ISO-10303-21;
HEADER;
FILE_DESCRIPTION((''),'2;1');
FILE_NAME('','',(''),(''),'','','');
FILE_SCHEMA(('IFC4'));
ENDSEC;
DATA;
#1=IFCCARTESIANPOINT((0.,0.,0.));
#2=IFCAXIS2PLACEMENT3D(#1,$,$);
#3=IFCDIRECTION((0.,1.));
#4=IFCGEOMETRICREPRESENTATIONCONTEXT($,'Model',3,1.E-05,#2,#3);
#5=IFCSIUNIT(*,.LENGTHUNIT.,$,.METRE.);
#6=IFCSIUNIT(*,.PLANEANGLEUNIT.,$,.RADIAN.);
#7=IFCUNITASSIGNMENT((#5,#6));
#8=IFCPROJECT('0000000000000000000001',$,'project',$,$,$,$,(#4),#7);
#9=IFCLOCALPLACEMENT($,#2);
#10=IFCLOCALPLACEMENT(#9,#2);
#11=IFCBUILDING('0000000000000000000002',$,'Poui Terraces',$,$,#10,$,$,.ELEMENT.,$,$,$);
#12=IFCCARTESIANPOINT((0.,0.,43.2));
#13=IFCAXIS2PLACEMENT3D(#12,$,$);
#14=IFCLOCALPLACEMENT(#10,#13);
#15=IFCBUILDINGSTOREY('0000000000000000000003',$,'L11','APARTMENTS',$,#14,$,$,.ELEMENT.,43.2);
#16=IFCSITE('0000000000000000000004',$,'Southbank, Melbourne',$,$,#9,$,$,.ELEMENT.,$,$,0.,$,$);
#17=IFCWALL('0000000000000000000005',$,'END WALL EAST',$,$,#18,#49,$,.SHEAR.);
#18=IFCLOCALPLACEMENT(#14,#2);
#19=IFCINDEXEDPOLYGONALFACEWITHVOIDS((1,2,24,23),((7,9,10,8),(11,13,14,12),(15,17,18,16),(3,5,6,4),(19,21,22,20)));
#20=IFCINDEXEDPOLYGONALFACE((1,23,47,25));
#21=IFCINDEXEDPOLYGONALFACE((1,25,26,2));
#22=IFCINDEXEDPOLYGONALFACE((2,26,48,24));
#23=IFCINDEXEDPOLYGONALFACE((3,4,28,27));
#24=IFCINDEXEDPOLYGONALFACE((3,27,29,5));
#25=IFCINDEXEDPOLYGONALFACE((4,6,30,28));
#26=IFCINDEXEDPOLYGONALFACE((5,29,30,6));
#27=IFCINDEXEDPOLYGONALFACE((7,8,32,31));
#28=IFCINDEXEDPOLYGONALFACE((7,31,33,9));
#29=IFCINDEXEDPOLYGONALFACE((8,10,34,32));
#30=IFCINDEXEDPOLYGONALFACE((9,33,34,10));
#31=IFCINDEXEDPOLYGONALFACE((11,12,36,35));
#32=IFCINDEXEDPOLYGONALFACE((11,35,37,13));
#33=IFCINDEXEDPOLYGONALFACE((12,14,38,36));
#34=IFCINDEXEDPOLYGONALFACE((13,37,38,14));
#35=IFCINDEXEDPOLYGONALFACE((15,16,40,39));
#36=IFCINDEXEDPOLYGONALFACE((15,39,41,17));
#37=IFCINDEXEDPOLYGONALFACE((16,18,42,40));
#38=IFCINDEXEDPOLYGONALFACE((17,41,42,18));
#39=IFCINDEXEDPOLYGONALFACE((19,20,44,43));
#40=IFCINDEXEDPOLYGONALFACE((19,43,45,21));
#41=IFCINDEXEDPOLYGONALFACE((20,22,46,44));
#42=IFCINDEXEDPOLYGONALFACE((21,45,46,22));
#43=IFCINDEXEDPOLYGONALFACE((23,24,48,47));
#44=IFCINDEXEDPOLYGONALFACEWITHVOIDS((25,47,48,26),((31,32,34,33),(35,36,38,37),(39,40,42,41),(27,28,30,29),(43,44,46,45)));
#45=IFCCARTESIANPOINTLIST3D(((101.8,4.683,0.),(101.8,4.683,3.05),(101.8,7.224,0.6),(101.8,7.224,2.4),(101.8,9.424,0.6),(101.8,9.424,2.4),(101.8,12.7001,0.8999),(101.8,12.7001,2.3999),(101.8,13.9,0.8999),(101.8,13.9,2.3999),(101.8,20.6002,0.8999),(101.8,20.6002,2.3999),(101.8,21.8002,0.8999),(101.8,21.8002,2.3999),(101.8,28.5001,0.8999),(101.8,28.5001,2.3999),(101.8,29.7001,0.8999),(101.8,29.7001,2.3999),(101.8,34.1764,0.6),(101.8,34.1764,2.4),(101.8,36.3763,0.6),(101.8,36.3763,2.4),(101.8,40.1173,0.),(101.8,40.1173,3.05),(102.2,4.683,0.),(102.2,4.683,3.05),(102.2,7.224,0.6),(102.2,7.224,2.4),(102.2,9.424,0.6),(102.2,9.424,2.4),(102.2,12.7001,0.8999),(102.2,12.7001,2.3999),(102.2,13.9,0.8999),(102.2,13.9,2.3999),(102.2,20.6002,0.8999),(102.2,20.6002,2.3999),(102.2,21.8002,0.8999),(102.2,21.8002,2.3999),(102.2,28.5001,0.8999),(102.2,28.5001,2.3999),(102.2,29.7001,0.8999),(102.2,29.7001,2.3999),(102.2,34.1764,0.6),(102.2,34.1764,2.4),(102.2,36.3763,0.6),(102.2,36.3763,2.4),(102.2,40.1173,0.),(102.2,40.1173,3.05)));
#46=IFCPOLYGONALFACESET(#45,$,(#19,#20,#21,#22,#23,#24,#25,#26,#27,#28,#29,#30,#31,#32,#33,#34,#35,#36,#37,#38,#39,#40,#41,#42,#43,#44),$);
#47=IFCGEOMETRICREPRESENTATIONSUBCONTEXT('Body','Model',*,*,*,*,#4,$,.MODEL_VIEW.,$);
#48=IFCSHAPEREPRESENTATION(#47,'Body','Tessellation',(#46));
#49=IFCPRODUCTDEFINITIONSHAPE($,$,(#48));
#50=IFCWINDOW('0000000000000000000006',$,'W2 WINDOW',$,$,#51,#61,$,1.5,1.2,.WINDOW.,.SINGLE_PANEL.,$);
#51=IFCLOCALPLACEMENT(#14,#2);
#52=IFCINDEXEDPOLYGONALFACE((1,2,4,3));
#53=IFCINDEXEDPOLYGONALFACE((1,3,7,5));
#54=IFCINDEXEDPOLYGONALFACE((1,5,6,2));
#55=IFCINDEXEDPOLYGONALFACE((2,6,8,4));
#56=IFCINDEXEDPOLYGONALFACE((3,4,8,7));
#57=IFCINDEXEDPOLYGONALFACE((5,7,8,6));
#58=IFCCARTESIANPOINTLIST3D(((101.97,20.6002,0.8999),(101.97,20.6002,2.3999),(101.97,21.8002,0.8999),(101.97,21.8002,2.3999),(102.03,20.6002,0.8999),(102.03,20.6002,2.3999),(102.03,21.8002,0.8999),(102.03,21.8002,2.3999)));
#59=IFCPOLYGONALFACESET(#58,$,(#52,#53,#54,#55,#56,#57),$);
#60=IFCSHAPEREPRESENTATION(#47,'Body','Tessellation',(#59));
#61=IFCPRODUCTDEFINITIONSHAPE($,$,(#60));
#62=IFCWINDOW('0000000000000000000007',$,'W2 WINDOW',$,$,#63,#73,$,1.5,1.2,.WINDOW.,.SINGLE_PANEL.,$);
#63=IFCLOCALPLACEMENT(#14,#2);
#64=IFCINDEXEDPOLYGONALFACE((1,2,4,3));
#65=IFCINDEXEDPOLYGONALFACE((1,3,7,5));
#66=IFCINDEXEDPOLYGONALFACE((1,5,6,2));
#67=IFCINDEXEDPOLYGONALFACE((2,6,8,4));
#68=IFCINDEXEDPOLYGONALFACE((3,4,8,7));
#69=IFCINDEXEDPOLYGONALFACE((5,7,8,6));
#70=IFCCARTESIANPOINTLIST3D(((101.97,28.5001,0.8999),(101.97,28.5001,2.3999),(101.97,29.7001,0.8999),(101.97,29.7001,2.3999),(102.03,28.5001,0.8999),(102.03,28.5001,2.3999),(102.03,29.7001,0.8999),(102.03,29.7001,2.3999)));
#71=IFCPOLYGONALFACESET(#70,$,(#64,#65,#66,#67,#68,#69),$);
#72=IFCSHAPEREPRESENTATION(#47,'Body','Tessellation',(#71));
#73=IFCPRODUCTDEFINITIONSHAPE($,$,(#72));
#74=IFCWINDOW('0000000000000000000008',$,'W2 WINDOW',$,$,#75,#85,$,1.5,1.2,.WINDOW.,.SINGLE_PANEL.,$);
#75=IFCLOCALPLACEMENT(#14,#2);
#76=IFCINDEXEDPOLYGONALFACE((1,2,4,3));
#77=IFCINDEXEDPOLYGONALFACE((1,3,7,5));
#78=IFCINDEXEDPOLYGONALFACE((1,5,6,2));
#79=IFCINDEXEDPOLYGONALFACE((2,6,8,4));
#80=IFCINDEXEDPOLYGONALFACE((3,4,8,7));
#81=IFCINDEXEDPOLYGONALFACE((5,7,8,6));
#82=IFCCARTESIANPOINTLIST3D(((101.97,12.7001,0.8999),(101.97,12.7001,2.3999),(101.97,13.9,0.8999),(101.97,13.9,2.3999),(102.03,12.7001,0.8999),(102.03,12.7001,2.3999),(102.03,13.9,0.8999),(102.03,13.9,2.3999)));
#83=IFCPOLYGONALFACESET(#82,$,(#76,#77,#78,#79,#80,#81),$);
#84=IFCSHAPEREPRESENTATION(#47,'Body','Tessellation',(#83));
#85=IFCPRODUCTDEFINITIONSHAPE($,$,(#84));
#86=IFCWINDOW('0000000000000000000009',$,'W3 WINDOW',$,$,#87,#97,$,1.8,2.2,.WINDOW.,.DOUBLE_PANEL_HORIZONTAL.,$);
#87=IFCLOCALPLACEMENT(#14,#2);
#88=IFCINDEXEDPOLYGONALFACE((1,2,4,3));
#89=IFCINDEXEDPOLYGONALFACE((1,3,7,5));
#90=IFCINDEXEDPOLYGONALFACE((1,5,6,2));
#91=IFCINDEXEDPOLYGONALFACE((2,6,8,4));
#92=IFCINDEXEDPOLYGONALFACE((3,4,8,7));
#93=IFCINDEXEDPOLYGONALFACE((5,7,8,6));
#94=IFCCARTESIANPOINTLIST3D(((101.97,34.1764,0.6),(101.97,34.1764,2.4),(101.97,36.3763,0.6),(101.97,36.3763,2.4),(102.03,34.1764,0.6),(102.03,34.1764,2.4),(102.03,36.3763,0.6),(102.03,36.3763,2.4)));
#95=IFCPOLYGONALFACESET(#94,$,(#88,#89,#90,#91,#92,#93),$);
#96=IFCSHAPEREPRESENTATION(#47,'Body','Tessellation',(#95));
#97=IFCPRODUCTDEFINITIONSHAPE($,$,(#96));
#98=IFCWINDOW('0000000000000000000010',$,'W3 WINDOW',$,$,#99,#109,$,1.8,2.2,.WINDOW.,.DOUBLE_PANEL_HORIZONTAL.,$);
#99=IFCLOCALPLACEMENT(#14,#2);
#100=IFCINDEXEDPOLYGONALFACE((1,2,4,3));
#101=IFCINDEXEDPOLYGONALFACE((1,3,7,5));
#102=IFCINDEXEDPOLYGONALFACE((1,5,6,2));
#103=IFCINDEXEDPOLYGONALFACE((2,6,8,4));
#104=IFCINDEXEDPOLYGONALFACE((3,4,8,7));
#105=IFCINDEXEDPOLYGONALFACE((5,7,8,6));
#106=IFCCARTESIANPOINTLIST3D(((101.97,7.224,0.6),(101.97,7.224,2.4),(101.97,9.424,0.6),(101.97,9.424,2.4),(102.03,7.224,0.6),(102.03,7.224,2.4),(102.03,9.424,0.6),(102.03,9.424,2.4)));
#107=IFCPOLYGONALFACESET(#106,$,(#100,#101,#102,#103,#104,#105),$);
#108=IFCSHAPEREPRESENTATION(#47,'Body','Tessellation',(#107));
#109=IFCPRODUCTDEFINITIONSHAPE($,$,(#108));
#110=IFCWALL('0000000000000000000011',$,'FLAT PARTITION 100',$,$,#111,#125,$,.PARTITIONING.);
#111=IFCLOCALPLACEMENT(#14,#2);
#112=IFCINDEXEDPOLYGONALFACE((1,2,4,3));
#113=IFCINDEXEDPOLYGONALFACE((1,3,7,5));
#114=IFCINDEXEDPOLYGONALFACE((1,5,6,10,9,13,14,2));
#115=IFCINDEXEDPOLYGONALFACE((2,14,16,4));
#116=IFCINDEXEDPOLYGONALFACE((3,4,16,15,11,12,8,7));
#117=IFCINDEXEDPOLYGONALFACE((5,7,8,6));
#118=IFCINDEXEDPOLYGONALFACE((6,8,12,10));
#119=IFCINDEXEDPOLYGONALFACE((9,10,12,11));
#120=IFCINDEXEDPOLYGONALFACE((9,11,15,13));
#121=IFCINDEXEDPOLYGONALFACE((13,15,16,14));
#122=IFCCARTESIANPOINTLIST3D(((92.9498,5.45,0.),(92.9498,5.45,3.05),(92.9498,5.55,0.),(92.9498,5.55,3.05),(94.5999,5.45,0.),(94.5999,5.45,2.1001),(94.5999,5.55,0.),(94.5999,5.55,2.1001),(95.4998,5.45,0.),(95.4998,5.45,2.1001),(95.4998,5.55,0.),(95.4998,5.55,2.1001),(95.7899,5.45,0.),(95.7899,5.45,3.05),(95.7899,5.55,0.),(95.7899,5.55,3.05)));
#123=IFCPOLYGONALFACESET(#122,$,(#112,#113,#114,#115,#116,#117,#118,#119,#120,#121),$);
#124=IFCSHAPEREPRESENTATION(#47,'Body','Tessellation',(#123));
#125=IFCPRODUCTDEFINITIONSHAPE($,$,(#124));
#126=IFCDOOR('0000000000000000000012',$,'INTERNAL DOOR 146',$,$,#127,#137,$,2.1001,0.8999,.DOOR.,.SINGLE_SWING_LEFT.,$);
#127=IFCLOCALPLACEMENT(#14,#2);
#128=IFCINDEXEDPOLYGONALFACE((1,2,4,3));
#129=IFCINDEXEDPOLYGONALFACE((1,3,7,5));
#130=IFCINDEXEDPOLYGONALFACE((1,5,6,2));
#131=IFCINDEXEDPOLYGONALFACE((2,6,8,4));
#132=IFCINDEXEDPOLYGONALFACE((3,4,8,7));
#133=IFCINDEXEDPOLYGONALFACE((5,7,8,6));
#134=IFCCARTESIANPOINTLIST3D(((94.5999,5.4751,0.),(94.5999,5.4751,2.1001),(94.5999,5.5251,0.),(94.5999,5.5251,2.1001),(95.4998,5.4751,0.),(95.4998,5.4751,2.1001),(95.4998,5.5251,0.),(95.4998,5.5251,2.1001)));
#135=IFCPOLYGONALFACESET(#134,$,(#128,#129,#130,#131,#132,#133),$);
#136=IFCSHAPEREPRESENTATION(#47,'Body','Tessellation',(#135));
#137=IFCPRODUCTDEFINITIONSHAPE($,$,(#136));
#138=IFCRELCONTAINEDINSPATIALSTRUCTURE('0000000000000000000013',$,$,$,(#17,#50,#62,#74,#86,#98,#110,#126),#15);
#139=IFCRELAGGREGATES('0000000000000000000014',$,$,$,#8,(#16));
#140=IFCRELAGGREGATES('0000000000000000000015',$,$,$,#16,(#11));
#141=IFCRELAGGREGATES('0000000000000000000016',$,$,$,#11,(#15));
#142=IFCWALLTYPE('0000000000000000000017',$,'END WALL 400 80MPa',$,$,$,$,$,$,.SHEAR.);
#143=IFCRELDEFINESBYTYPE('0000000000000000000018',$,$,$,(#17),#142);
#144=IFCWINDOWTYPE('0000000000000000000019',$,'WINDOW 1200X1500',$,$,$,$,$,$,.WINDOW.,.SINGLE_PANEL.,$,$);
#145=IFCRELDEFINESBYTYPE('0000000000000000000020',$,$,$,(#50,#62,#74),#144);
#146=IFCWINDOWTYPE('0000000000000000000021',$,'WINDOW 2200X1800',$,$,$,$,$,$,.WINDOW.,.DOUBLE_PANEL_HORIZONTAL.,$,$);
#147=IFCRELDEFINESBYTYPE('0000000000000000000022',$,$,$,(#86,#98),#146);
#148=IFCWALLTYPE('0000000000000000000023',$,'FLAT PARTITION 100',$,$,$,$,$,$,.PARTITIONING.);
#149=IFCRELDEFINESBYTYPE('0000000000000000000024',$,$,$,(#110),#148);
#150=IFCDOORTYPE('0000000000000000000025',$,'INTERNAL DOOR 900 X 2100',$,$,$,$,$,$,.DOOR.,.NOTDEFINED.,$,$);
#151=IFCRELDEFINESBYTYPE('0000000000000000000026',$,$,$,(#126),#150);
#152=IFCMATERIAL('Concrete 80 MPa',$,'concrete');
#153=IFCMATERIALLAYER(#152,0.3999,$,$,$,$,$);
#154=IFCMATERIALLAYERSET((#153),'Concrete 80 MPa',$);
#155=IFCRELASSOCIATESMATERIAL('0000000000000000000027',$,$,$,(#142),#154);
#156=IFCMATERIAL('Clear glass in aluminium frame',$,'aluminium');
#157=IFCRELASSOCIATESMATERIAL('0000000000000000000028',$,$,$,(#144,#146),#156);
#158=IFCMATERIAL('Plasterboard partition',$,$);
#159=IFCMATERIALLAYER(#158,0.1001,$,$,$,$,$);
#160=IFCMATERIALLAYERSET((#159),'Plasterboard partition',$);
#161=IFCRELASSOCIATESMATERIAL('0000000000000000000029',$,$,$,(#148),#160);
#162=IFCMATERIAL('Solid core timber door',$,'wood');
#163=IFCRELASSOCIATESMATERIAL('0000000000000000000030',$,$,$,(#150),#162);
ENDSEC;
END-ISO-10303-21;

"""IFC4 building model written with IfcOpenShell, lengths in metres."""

from ifc_helpers import new_model, si_unit, direction, frame, frame_2d, origin, place, context, subcontext, project, spatial, rectangle, extrude, material, layer, layer_set, type_object, element, fill, save


model = new_model("IFC4")

# Units and contexts
model_context = context("Model", 3, precision=1e-05, world=origin(), true_north=direction((0.0, 1.0)))
body_context = subcontext(model_context, "Body", "Model", "MODEL_VIEW")
ifc_project = project(units=[si_unit("LENGTHUNIT", "METRE"), si_unit("PLANEANGLEUNIT", "RADIAN")], contexts=[model_context])

# Site, building, storey
site_placement = place(None, origin())
site = spatial("IfcSite", under=ifc_project, at=site_placement, Name="Southbank, Melbourne", CompositionType="ELEMENT", RefElevation=0.0)
building_placement = place(site_placement, origin())
building = spatial("IfcBuilding", under=site, at=building_placement, Name="Poui Terraces", CompositionType="ELEMENT")
storey_placement = place(building_placement, frame((0.0, 0.0, 43.2)))
storey = spatial("IfcBuildingStorey", under=building, at=storey_placement, Name="L11", Description="APARTMENTS", CompositionType="ELEMENT", Elevation=43.2)

# Shared definitions
ifc_material_1 = material(Name="Concrete 80 MPa", Category="concrete")

# Shared definitions
ifc_material_2 = material(Name="Solid core timber door", Category="wood")

# Wall, openings, windows
ifc_layer_1 = layer(ifc_material_1, 0.3999)
ifc_layer_set_1 = layer_set([ifc_layer_1], Name="Concrete 80 MPa")
wall_type_1 = type_object("IfcWallType", Name="END WALL 400 80MPa", PredefinedType="SHEAR", material=ifc_layer_set_1)
wall_1_placement = place(storey_placement, frame((102.0, 4.6829, 0.0), z_axis=(0.0, 0.0, 1.0), x_axis=(0.0, 1.0, 0.0)))
wall_1 = element("IfcWall", 1, at=wall_1_placement, inside=storey, type_object=wall_type_1, Name="END WALL EAST", PredefinedType="SHEAR", context=body_context, shape_type="SweptSolid", body=[
    extrude(rectangle(XDim=35.4343, YDim=0.3999, at=frame_2d((17.7173, 0.0))), origin(), (0.0, 0.0, 1.0), 3.05),
])
opening_1_placement = place(wall_1_placement, frame((15.9172, 0.0, 0.8999)))
opening_1 = element("IfcOpeningElement", 2, at=opening_1_placement, cuts=wall_1, PredefinedType="OPENING", context=body_context, shape_type="SweptSolid", body=[
    extrude(rectangle(XDim=1.2, YDim=1.5, at=frame_2d((0.6001, 0.75))), frame((0.0, 0.21, 0.0), z_axis=(0.0, -1.0, 0.0), x_axis=(1.0, 0.0, 0.0)), (0.0, 0.0, 1.0), 0.4199),
])
opening_2_placement = place(wall_1_placement, frame((23.8171, 0.0, 0.8999)))
opening_2 = element("IfcOpeningElement", 3, at=opening_2_placement, cuts=wall_1, PredefinedType="OPENING", context=body_context, shape_type="SweptSolid", body=[
    extrude(rectangle(XDim=1.2, YDim=1.5, at=frame_2d((0.6001, 0.75))), frame((0.0, 0.21, 0.0), z_axis=(0.0, -1.0, 0.0), x_axis=(1.0, 0.0, 0.0)), (0.0, 0.0, 1.0), 0.4199),
])
opening_3_placement = place(wall_1_placement, frame((8.0171, 0.0, 0.8999)))
opening_3 = element("IfcOpeningElement", 4, at=opening_3_placement, cuts=wall_1, PredefinedType="OPENING", context=body_context, shape_type="SweptSolid", body=[
    extrude(rectangle(XDim=1.2, YDim=1.5, at=frame_2d((0.6001, 0.75))), frame((0.0, 0.21, 0.0), z_axis=(0.0, -1.0, 0.0), x_axis=(1.0, 0.0, 0.0)), (0.0, 0.0, 1.0), 0.4199),
])
opening_4_placement = place(wall_1_placement, frame((29.4934, 0.0, 0.6001)))
opening_4 = element("IfcOpeningElement", 5, at=opening_4_placement, cuts=wall_1, PredefinedType="OPENING", context=body_context, shape_type="SweptSolid", body=[
    extrude(rectangle(XDim=2.2, YDim=1.8, at=frame_2d((1.1001, 0.8999))), frame((0.0, 0.21, 0.0), z_axis=(0.0, -1.0, 0.0), x_axis=(1.0, 0.0, 0.0)), (0.0, 0.0, 1.0), 0.4199),
])
opening_5_placement = place(wall_1_placement, frame((2.541, 0.0, 0.6001)))
opening_5 = element("IfcOpeningElement", 6, at=opening_5_placement, cuts=wall_1, PredefinedType="OPENING", context=body_context, shape_type="SweptSolid", body=[
    extrude(rectangle(XDim=2.2, YDim=1.8, at=frame_2d((1.1001, 0.8999))), frame((0.0, 0.21, 0.0), z_axis=(0.0, -1.0, 0.0), x_axis=(1.0, 0.0, 0.0)), (0.0, 0.0, 1.0), 0.4199),
])
ifc_material_3 = material(Name="Clear glass in aluminium frame", Category="aluminium")
window_type_1 = type_object("IfcWindowType", Name="WINDOW 1200X1500", PartitioningType="SINGLE_PANEL", PredefinedType="WINDOW", material=ifc_material_3)
window_1_placement = place(opening_1_placement, origin())
window_1 = element("IfcWindow", 7, at=window_1_placement, inside=storey, type_object=window_type_1, Name="W2 WINDOW", OverallHeight=1.5, OverallWidth=1.2, PartitioningType="SINGLE_PANEL", PredefinedType="WINDOW", context=body_context, shape_type="SweptSolid", body=[
    extrude(rectangle(XDim=1.2, YDim=1.5, at=frame_2d((0.6001, 0.75))), frame((0.0, 0.03, 0.0), z_axis=(0.0, -1.0, 0.0), x_axis=(1.0, 0.0, 0.0)), (0.0, 0.0, 1.0), 0.0601),
])
fill(opening_1, window_1)
window_2_placement = place(opening_2_placement, origin())
window_2 = element("IfcWindow", 8, at=window_2_placement, inside=storey, type_object=window_type_1, Name="W2 WINDOW", OverallHeight=1.5, OverallWidth=1.2, PartitioningType="SINGLE_PANEL", PredefinedType="WINDOW", context=body_context, shape_type="SweptSolid", body=[
    extrude(rectangle(XDim=1.2, YDim=1.5, at=frame_2d((0.6001, 0.75))), frame((0.0, 0.03, 0.0), z_axis=(0.0, -1.0, 0.0), x_axis=(1.0, 0.0, 0.0)), (0.0, 0.0, 1.0), 0.0601),
])
fill(opening_2, window_2)
window_3_placement = place(opening_3_placement, origin())
window_3 = element("IfcWindow", 9, at=window_3_placement, inside=storey, type_object=window_type_1, Name="W2 WINDOW", OverallHeight=1.5, OverallWidth=1.2, PartitioningType="SINGLE_PANEL", PredefinedType="WINDOW", context=body_context, shape_type="SweptSolid", body=[
    extrude(rectangle(XDim=1.2, YDim=1.5, at=frame_2d((0.6001, 0.75))), frame((0.0, 0.03, 0.0), z_axis=(0.0, -1.0, 0.0), x_axis=(1.0, 0.0, 0.0)), (0.0, 0.0, 1.0), 0.0601),
])
fill(opening_3, window_3)
window_type_2 = type_object("IfcWindowType", Name="WINDOW 2200X1800", PartitioningType="DOUBLE_PANEL_HORIZONTAL", PredefinedType="WINDOW", material=ifc_material_3)
window_4_placement = place(opening_4_placement, origin())
window_4 = element("IfcWindow", 10, at=window_4_placement, inside=storey, type_object=window_type_2, Name="W3 WINDOW", OverallHeight=1.8, OverallWidth=2.2, PartitioningType="DOUBLE_PANEL_HORIZONTAL", PredefinedType="WINDOW", context=body_context, shape_type="SweptSolid", body=[
    extrude(rectangle(XDim=2.2, YDim=1.8, at=frame_2d((1.1001, 0.8999))), frame((0.0, 0.03, 0.0), z_axis=(0.0, -1.0, 0.0), x_axis=(1.0, 0.0, 0.0)), (0.0, 0.0, 1.0), 0.0601),
])
fill(opening_4, window_4)
window_5_placement = place(opening_5_placement, origin())
window_5 = element("IfcWindow", 11, at=window_5_placement, inside=storey, type_object=window_type_2, Name="W3 WINDOW", OverallHeight=1.8, OverallWidth=2.2, PartitioningType="DOUBLE_PANEL_HORIZONTAL", PredefinedType="WINDOW", context=body_context, shape_type="SweptSolid", body=[
    extrude(rectangle(XDim=2.2, YDim=1.8, at=frame_2d((1.1001, 0.8999))), frame((0.0, 0.03, 0.0), z_axis=(0.0, -1.0, 0.0), x_axis=(1.0, 0.0, 0.0)), (0.0, 0.0, 1.0), 0.0601),
])
fill(opening_5, window_5)

# Wall, opening, door
ifc_material_4 = material(Name="Plasterboard partition")
ifc_layer_2 = layer(ifc_material_4, 0.1001)
ifc_layer_set_2 = layer_set([ifc_layer_2], Name="Plasterboard partition")
wall_type_2 = type_object("IfcWallType", Name="FLAT PARTITION 100", PredefinedType="PARTITIONING", material=ifc_layer_set_2)
wall_2_placement = place(storey_placement, frame((92.95, 5.5, 0.0), z_axis=(0.0, 0.0, 1.0), x_axis=(1.0, 0.0, 0.0)))
wall_2 = element("IfcWall", 12, at=wall_2_placement, inside=storey, type_object=wall_type_2, Name="FLAT PARTITION 100", PredefinedType="PARTITIONING", context=body_context, shape_type="SweptSolid", body=[
    extrude(rectangle(XDim=2.8401, YDim=0.1001, at=frame_2d((1.4199, 0.0))), origin(), (0.0, 0.0, 1.0), 3.05),
])
opening_6_placement = place(wall_2_placement, frame((1.6499, 0.0, 0.0)))
opening_6 = element("IfcOpeningElement", 13, at=opening_6_placement, cuts=wall_2, PredefinedType="OPENING", context=body_context, shape_type="SweptSolid", body=[
    extrude(rectangle(XDim=0.8999, YDim=2.1001, at=frame_2d((0.45, 1.05))), frame((0.0, 0.0601, 0.0), z_axis=(0.0, -1.0, 0.0), x_axis=(1.0, 0.0, 0.0)), (0.0, 0.0, 1.0), 0.1201),
])
door_type_1 = type_object("IfcDoorType", Name="INTERNAL DOOR 900 X 2100", OperationType="NOTDEFINED", PredefinedType="DOOR", material=ifc_material_2)
door_1_placement = place(opening_6_placement, frame((0.8999, 0.0, 0.0), z_axis=(0.0, 0.0, 1.0), x_axis=(-1.0, 0.0, 0.0)))
door_1 = element("IfcDoor", 14, at=door_1_placement, inside=storey, type_object=door_type_1, Name="INTERNAL DOOR 146", OperationType="SINGLE_SWING_LEFT", OverallHeight=2.1001, OverallWidth=0.8999, PredefinedType="DOOR", context=body_context, shape_type="SweptSolid", body=[
    extrude(rectangle(XDim=0.8999, YDim=2.1001, at=frame_2d((0.45, 1.05))), frame((0.0, 0.0249, 0.0), z_axis=(0.0, -1.0, 0.0), x_axis=(1.0, 0.0, 0.0)), (0.0, 0.0, 1.0), 0.05),
])
fill(opening_6, door_1)

save(model, "model.ifc")
